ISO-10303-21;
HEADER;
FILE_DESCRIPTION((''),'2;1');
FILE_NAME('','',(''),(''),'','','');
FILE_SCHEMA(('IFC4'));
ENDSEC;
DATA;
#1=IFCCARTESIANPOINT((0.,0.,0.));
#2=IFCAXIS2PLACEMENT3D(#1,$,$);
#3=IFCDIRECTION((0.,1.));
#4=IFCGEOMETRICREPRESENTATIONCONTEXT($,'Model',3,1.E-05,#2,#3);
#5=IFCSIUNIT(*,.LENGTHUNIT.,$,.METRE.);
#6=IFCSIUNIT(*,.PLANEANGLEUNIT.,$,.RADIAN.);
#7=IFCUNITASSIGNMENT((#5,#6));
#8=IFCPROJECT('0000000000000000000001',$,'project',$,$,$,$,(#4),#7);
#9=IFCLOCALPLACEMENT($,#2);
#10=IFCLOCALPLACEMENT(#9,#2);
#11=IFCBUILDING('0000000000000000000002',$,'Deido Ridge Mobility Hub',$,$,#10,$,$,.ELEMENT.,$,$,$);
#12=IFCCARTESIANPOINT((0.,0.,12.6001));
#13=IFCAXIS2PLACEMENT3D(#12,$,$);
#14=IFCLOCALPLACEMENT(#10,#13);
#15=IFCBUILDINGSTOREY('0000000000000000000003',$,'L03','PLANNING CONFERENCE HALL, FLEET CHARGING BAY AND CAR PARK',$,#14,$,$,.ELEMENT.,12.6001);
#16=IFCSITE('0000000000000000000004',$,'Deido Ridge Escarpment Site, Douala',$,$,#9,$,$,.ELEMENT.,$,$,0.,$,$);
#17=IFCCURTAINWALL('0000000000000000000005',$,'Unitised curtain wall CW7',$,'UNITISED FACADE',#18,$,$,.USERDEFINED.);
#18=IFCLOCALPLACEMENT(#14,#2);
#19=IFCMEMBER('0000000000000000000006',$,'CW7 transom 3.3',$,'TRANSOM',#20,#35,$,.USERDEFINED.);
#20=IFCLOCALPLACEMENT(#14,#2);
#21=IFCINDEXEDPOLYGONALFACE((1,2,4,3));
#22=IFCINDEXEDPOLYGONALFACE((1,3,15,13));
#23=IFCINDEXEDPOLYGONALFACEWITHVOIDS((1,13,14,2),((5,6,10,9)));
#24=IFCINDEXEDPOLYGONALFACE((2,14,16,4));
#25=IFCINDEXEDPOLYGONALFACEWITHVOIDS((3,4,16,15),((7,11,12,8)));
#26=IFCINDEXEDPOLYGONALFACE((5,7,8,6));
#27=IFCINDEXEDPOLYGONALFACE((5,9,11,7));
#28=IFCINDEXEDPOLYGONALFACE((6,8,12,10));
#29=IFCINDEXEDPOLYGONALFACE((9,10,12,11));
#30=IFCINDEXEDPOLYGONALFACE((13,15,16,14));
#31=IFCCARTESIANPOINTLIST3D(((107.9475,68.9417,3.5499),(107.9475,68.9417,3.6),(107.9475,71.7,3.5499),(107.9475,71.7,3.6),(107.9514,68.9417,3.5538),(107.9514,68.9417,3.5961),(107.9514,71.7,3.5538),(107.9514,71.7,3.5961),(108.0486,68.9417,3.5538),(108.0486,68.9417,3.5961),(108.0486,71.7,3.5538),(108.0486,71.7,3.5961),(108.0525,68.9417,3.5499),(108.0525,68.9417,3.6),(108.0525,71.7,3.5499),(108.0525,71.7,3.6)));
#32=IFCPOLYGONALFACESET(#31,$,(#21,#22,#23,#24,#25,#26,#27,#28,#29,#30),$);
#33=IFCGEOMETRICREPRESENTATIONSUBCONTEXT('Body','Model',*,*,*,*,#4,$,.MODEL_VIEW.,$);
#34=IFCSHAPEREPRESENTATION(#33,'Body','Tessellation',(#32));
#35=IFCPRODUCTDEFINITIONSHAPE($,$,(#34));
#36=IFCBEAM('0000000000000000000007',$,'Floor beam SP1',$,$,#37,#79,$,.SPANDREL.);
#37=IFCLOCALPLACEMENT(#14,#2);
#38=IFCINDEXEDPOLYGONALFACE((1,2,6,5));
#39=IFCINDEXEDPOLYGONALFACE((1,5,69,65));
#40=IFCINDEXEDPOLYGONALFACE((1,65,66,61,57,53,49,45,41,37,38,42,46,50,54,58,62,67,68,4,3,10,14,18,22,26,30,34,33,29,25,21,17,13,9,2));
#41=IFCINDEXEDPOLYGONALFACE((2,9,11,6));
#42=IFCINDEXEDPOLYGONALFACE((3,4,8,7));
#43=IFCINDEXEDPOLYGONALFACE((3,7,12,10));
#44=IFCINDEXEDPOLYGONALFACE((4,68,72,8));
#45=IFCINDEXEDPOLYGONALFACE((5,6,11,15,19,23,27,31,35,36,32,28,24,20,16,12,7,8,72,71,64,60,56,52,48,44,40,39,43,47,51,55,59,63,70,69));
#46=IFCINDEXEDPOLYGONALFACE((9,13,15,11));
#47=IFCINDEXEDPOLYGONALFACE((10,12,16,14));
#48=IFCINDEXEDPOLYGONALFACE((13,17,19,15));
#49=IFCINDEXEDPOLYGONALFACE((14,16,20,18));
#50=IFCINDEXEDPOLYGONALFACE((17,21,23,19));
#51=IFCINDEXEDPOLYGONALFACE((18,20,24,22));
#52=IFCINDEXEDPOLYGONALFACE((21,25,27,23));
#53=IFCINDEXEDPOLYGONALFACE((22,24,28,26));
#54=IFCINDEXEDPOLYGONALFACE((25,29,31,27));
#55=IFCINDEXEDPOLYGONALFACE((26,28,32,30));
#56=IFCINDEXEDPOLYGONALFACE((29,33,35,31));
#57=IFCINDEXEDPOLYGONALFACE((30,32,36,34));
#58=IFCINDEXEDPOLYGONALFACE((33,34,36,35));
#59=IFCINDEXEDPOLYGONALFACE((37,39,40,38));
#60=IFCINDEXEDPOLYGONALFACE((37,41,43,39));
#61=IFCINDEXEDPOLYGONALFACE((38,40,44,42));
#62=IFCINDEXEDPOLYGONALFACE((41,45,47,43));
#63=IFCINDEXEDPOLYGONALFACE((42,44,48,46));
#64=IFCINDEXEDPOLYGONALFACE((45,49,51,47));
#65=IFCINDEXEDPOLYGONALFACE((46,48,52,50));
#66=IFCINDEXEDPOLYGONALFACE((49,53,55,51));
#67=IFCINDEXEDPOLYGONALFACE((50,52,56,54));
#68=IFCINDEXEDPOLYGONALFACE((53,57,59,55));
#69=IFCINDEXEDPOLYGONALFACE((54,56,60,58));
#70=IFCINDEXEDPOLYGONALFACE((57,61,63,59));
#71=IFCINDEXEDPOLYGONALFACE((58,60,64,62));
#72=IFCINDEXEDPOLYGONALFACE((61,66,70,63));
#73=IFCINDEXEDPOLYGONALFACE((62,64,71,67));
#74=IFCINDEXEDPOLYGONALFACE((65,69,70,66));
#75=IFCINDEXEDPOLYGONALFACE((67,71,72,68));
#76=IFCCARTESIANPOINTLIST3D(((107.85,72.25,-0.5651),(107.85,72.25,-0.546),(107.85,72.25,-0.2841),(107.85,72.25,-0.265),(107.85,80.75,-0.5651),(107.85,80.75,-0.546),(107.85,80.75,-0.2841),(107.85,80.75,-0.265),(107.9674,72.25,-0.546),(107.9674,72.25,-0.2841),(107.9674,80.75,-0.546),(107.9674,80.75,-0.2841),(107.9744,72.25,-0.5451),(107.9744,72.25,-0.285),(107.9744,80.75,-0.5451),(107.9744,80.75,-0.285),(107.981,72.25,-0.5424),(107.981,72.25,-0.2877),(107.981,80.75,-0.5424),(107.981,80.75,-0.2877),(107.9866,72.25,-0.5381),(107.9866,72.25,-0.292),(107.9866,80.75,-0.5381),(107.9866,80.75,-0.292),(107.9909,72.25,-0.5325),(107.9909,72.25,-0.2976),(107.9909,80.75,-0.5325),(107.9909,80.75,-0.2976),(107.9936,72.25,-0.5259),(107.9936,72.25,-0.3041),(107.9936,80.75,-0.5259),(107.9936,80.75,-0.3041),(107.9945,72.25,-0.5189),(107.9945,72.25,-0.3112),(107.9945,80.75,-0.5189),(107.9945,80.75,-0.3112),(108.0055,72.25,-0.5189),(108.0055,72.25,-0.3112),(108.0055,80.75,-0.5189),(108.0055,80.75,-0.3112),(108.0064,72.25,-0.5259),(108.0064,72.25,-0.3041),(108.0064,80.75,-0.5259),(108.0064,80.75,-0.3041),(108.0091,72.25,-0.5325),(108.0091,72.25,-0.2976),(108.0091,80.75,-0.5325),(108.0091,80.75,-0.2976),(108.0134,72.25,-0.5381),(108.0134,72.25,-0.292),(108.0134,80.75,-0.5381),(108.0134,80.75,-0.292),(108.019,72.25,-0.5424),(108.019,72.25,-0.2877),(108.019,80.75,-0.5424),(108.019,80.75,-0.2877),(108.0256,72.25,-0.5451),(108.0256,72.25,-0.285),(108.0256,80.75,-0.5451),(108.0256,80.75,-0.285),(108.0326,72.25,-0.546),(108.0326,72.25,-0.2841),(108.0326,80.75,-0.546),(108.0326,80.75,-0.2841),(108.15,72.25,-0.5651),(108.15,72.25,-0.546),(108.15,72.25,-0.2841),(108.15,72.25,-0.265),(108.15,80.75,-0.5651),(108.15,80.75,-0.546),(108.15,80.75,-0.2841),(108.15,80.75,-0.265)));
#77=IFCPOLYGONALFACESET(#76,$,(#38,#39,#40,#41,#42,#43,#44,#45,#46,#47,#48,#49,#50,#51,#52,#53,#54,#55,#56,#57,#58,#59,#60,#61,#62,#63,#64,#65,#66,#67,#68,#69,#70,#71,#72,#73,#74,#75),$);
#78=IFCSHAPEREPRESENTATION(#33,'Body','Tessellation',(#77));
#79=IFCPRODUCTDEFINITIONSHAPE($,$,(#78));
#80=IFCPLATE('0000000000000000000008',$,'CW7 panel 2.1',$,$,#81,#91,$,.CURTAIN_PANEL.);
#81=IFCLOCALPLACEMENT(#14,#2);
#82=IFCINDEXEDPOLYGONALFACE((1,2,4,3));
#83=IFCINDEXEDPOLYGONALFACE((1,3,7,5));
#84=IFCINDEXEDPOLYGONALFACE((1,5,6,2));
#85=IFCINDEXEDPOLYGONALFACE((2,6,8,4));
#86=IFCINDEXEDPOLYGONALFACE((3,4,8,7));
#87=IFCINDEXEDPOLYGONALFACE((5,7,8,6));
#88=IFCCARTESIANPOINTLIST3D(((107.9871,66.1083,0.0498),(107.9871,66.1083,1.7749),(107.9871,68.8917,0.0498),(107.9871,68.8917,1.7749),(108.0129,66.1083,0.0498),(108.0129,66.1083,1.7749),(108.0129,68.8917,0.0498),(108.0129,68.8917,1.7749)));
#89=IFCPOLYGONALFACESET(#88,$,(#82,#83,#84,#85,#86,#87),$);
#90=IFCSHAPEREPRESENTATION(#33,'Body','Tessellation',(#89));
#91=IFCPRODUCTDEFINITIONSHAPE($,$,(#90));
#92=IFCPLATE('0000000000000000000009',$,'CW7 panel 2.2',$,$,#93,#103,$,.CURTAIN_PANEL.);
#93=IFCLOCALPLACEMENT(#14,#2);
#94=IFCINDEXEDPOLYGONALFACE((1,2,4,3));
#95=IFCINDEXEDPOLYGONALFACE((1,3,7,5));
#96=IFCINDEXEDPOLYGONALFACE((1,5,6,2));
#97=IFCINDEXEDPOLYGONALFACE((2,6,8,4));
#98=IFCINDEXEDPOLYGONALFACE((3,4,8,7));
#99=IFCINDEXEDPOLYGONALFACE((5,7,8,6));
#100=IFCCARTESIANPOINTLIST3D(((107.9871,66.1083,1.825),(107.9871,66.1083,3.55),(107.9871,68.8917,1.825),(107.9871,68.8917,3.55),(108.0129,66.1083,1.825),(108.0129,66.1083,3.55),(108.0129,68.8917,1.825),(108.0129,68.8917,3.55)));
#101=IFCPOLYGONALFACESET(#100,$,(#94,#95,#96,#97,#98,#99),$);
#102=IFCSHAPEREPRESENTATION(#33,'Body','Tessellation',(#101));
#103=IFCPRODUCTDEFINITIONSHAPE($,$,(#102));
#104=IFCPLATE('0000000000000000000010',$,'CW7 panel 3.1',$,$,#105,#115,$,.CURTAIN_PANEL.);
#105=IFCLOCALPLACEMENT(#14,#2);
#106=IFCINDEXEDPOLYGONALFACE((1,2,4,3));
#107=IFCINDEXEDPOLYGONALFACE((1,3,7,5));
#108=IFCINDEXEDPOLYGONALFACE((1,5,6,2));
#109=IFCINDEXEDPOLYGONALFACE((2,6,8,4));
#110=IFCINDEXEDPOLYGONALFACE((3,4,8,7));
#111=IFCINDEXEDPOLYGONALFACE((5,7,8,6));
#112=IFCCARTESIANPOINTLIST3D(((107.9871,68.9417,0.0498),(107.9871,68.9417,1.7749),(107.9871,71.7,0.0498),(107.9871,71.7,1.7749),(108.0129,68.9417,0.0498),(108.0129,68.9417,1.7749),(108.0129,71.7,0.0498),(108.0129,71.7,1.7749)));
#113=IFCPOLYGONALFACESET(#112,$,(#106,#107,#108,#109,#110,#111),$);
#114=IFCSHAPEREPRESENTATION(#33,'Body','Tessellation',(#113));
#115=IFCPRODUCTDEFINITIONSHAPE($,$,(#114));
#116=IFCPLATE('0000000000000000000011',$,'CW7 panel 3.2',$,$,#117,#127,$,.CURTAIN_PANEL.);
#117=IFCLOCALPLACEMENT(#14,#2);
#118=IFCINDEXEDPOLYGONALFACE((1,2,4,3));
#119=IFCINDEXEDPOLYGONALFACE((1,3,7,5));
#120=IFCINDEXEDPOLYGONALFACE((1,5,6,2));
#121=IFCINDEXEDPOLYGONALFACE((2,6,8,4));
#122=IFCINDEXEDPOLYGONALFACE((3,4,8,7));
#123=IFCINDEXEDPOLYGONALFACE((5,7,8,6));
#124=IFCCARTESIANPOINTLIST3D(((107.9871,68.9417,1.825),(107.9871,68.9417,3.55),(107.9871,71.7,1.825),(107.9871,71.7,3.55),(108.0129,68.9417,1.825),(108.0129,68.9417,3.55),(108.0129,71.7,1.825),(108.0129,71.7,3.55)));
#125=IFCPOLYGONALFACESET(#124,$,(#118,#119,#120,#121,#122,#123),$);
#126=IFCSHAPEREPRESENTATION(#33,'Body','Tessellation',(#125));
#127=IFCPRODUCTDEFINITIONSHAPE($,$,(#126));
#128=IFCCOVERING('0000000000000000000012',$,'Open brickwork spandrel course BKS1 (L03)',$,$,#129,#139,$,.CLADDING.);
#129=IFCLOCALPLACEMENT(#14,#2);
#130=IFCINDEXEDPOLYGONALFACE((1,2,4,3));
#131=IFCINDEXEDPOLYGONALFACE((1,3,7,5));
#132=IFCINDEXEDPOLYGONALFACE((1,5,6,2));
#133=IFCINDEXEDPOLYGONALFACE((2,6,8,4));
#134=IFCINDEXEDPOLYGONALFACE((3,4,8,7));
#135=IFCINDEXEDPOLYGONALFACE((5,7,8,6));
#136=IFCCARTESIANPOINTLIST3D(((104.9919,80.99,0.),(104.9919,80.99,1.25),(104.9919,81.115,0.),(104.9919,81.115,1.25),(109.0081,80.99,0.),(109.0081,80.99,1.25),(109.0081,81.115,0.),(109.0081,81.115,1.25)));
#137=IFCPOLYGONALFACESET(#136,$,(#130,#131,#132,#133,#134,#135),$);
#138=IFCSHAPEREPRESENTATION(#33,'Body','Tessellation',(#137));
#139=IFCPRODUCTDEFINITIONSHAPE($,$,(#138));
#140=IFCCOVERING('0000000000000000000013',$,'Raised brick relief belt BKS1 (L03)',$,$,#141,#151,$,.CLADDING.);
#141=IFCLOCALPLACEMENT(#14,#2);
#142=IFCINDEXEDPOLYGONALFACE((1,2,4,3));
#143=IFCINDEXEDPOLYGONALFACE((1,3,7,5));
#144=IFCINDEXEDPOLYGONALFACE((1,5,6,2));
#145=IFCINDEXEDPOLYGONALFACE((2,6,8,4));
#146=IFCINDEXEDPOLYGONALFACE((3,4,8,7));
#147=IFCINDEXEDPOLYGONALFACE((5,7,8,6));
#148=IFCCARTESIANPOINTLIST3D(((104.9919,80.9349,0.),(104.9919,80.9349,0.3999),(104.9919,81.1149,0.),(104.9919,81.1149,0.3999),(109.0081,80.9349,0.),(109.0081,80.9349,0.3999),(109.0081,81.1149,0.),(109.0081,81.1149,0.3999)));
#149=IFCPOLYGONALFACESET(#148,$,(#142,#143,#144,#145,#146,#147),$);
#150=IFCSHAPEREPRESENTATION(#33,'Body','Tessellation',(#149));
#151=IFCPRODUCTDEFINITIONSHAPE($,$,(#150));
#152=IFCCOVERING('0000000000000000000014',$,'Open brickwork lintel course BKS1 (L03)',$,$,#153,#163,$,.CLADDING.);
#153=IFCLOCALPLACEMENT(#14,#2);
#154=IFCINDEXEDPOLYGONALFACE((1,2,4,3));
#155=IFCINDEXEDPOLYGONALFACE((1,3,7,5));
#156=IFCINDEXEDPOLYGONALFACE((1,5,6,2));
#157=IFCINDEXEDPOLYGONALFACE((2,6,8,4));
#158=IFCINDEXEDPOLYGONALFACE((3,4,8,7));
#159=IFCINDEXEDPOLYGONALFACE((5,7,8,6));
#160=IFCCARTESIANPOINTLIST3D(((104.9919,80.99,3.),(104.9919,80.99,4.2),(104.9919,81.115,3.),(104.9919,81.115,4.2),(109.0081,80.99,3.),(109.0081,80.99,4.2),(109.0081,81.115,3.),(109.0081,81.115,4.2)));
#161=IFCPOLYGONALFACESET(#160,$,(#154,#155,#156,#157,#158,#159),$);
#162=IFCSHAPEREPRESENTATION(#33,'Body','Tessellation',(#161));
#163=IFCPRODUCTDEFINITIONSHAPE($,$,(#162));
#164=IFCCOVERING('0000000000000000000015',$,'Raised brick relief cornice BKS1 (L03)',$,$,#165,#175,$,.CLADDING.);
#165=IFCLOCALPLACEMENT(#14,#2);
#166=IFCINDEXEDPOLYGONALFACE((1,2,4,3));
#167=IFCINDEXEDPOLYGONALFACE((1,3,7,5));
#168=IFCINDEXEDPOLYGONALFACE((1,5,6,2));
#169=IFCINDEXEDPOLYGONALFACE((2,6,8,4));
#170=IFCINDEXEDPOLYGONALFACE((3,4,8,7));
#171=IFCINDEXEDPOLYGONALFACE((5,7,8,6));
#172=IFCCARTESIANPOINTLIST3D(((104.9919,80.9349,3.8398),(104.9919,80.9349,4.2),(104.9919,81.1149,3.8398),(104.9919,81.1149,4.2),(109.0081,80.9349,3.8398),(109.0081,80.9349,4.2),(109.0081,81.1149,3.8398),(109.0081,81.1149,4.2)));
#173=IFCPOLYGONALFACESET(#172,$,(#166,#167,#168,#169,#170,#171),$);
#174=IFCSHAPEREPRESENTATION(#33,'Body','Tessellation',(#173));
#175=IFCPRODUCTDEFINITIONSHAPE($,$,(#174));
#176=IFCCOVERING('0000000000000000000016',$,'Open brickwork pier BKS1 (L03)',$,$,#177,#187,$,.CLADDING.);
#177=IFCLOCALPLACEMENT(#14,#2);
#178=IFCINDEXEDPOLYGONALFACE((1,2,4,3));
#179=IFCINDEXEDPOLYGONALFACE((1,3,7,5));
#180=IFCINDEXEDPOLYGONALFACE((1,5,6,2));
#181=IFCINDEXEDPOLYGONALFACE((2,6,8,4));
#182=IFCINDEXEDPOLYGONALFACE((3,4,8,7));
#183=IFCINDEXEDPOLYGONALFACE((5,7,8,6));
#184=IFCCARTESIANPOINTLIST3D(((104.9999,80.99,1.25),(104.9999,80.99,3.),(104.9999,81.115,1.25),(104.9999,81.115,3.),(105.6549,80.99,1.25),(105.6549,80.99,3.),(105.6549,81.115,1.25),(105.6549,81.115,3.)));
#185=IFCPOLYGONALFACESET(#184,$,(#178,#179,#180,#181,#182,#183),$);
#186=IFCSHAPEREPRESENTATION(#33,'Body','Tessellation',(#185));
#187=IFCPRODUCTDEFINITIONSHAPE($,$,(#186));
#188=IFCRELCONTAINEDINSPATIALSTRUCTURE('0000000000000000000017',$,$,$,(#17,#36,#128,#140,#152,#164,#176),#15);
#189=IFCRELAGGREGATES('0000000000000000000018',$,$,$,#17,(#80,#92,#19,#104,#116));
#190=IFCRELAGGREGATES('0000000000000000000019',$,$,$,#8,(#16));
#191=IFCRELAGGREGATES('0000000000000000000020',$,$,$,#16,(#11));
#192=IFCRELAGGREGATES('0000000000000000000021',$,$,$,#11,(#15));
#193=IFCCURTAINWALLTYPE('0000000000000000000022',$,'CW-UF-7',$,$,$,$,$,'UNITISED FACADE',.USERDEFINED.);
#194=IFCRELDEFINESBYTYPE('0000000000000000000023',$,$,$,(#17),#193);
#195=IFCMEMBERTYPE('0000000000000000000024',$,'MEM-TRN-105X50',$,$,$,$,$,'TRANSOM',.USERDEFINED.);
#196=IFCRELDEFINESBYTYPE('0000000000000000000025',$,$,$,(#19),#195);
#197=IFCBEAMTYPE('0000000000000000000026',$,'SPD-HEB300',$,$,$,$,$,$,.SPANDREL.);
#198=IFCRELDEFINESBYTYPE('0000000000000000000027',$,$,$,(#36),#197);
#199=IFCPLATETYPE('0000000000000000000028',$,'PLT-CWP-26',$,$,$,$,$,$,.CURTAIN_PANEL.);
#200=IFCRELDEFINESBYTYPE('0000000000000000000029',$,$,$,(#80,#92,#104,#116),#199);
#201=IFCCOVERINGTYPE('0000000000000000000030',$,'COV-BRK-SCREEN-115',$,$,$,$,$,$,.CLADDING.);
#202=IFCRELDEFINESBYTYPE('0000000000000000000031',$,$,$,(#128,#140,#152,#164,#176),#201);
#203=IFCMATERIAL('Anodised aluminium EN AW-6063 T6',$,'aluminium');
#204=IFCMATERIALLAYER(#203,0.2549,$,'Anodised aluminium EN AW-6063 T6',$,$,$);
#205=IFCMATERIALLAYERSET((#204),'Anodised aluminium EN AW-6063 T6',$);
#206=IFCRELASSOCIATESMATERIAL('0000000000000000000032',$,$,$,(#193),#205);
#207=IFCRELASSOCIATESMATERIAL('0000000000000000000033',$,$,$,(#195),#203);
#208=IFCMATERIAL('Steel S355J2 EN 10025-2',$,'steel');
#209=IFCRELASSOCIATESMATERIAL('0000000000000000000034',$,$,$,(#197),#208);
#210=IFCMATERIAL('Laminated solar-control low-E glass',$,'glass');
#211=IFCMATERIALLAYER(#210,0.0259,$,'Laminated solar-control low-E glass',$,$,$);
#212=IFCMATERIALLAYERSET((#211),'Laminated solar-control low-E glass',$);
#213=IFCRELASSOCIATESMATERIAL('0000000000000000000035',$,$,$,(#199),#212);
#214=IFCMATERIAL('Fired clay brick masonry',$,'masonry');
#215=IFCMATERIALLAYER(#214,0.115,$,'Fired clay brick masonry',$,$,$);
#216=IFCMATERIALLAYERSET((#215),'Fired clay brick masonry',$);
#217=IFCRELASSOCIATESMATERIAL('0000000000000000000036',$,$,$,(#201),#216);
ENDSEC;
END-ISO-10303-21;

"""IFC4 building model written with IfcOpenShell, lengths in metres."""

from ifc_helpers import new_model, si_unit, direction, frame, origin, origin_2d, place, context, subcontext, project, spatial, rectangle, hollow_rectangle, i_section, extrude, material, layer, layer_set, material_profile, profile_set, type_object, element, aggregate, save


model = new_model("IFC4")

# Units and contexts
model_context = context("Model", 3, precision=1e-05, world=origin(), true_north=direction((0.0, 1.0)))
body_context = subcontext(model_context, "Body", "Model", "MODEL_VIEW")
ifc_project = project(units=[si_unit("LENGTHUNIT", "METRE"), si_unit("PLANEANGLEUNIT", "RADIAN")], contexts=[model_context])

# Site, building, storey
site_placement = place(None, origin())
site = spatial("IfcSite", under=ifc_project, at=site_placement, Name="Deido Ridge Escarpment Site, Douala", CompositionType="ELEMENT", RefElevation=0.0)
building_placement = place(site_placement, origin())
building = spatial("IfcBuilding", under=site, at=building_placement, Name="Deido Ridge Mobility Hub", CompositionType="ELEMENT")
storey_placement = place(building_placement, frame((0.0, 0.0, 12.6001)))
storey = spatial("IfcBuildingStorey", under=building, at=storey_placement, Name="L03", Description="PLANNING CONFERENCE HALL, FLEET CHARGING BAY AND CAR PARK", CompositionType="ELEMENT", Elevation=12.6001)

# Shared definitions
ifc_material_1 = material(Name="Steel S355J2 EN 10025-2", Category="steel")

# Curtain wall, member
ifc_material_2 = material(Name="Anodised aluminium EN AW-6063 T6", Category="aluminium")
ifc_layer_1 = layer(ifc_material_2, 0.2549, Name="Anodised aluminium EN AW-6063 T6")
ifc_layer_set_1 = layer_set([ifc_layer_1], Name="Anodised aluminium EN AW-6063 T6")
curtain_wall_type = type_object("IfcCurtainWallType", Name="CW-UF-7", ElementType="UNITISED FACADE", PredefinedType="USERDEFINED", material=ifc_layer_set_1)
curtain_wall_placement = place(storey_placement, origin())
curtain_wall = element("IfcCurtainWall", 1, at=curtain_wall_placement, inside=storey, type_object=curtain_wall_type, Name="Unitised curtain wall CW7", ObjectType="UNITISED FACADE", PredefinedType="USERDEFINED")
ifc_material_profile_1 = material_profile(ifc_material_2, hollow_rectangle(XDim=0.105, YDim=0.05, WallThickness=0.0039, at=origin_2d()), Name="RHS 105x50x4")
ifc_profile_set_1 = profile_set([ifc_material_profile_1], Name="Anodised aluminium EN AW-6063 T6")
member_type_1 = type_object("IfcMemberType", Name="MEM-TRN-105X50", ElementType="TRANSOM", PredefinedType="USERDEFINED", material=ifc_profile_set_1)
member_1_placement = place(storey_placement, frame((108.0, 68.9417, 3.575), z_axis=(0.0, 1.0, 0.0), x_axis=(-1.0, 0.0, 0.0)))
member_1 = element("IfcMember", 2, at=member_1_placement, type_object=member_type_1, Name="CW7 transom 3.3", ObjectType="TRANSOM", PredefinedType="USERDEFINED", context=body_context, shape_type="SweptSolid", body=[
    extrude(hollow_rectangle(XDim=0.105, YDim=0.05, WallThickness=0.0039, at=origin_2d()), origin(), (0.0, 0.0, 1.0), 2.7583),
])

# Beam
ifc_material_profile_2 = material_profile(ifc_material_1, i_section(OverallWidth=0.3, OverallDepth=0.3, WebThickness=0.011, FlangeThickness=0.019, FilletRadius=0.0271, at=origin_2d()), Name="HEB 300")
ifc_profile_set_2 = profile_set([ifc_material_profile_2], Name="Steel S355J2 EN 10025-2")
beam_type_1 = type_object("IfcBeamType", Name="SPD-HEB300", PredefinedType="SPANDREL", material=ifc_profile_set_2)
beam_1_placement = place(storey_placement, frame((108.0, 72.25, -0.415), z_axis=(0.0, 1.0, 0.0), x_axis=(-1.0, 0.0, 0.0)))
element("IfcBeam", 3, at=beam_1_placement, inside=storey, type_object=beam_type_1, Name="Floor beam SP1", PredefinedType="SPANDREL", context=body_context, shape_type="SweptSolid", body=[
    extrude(i_section(OverallWidth=0.3, OverallDepth=0.3, WebThickness=0.011, FlangeThickness=0.019, FilletRadius=0.0271, at=origin_2d()), origin(), (0.0, 0.0, 1.0), 8.5),
])

# Plates
ifc_material_3 = material(Name="Laminated solar-control low-E glass", Category="glass")
ifc_layer_2 = layer(ifc_material_3, 0.0259, Name="Laminated solar-control low-E glass")
ifc_layer_set_2 = layer_set([ifc_layer_2], Name="Laminated solar-control low-E glass")
plate_type = type_object("IfcPlateType", Name="PLT-CWP-26", PredefinedType="CURTAIN_PANEL", material=ifc_layer_set_2)
plate_1_placement = place(storey_placement, frame((108.0, 67.5, 0.0498), z_axis=(0.0, 0.0, 1.0), x_axis=(0.0, 1.0, 0.0)))
plate_1 = element("IfcPlate", 4, at=plate_1_placement, type_object=plate_type, Name="CW7 panel 2.1", PredefinedType="CURTAIN_PANEL", context=body_context, shape_type="SweptSolid", body=[
    extrude(rectangle(XDim=2.7834, YDim=0.0259, at=origin_2d()), origin(), (0.0, 0.0, 1.0), 1.7251),
])
plate_2_placement = place(storey_placement, frame((108.0, 67.5, 1.825), z_axis=(0.0, 0.0, 1.0), x_axis=(0.0, 1.0, 0.0)))
plate_2 = element("IfcPlate", 5, at=plate_2_placement, type_object=plate_type, Name="CW7 panel 2.2", PredefinedType="CURTAIN_PANEL", context=body_context, shape_type="SweptSolid", body=[
    extrude(rectangle(XDim=2.7834, YDim=0.0259, at=origin_2d()), origin(), (0.0, 0.0, 1.0), 1.7251),
])
plate_3_placement = place(storey_placement, frame((108.0, 70.3208, 0.0498), z_axis=(0.0, 0.0, 1.0), x_axis=(0.0, 1.0, 0.0)))
plate_3 = element("IfcPlate", 6, at=plate_3_placement, type_object=plate_type, Name="CW7 panel 3.1", PredefinedType="CURTAIN_PANEL", context=body_context, shape_type="SweptSolid", body=[
    extrude(rectangle(XDim=2.7583, YDim=0.0259, at=origin_2d()), origin(), (0.0, 0.0, 1.0), 1.7251),
])
plate_4_placement = place(storey_placement, frame((108.0, 70.3208, 1.825), z_axis=(0.0, 0.0, 1.0), x_axis=(0.0, 1.0, 0.0)))
plate_4 = element("IfcPlate", 7, at=plate_4_placement, type_object=plate_type, Name="CW7 panel 3.2", PredefinedType="CURTAIN_PANEL", context=body_context, shape_type="SweptSolid", body=[
    extrude(rectangle(XDim=2.7583, YDim=0.0259, at=origin_2d()), origin(), (0.0, 0.0, 1.0), 1.7251),
])
aggregate(curtain_wall, [plate_1, plate_2, member_1, plate_3, plate_4])

# Coverings
ifc_material_4 = material(Name="Fired clay brick masonry", Category="masonry")
ifc_layer_3 = layer(ifc_material_4, 0.115, Name="Fired clay brick masonry")
ifc_layer_set_3 = layer_set([ifc_layer_3], Name="Fired clay brick masonry")
covering_type = type_object("IfcCoveringType", Name="COV-BRK-SCREEN-115", PredefinedType="CLADDING", material=ifc_layer_set_3)
covering_1_placement = place(storey_placement, frame((107.0, 81.0525, 0.0), z_axis=(0.0, 0.0, 1.0), x_axis=(1.0, 0.0, 0.0)))
element("IfcCovering", 8, at=covering_1_placement, inside=storey, type_object=covering_type, Name="Open brickwork spandrel course BKS1 (L03)", PredefinedType="CLADDING", context=body_context, shape_type="SweptSolid", body=[
    extrude(rectangle(XDim=4.0161, YDim=0.125, at=origin_2d()), origin(), (0.0, 0.0, 1.0), 1.25),
])
covering_2_placement = place(storey_placement, frame((107.0, 81.0249, 0.0), z_axis=(0.0, 0.0, 1.0), x_axis=(1.0, 0.0, 0.0)))
element("IfcCovering", 9, at=covering_2_placement, inside=storey, type_object=covering_type, Name="Raised brick relief belt BKS1 (L03)", PredefinedType="CLADDING", context=body_context, shape_type="SweptSolid", body=[
    extrude(rectangle(XDim=4.0161, YDim=0.1799, at=origin_2d()), origin(), (0.0, 0.0, 1.0), 0.3999),
])
covering_3_placement = place(storey_placement, frame((107.0, 81.0525, 3.0), z_axis=(0.0, 0.0, 1.0), x_axis=(1.0, 0.0, 0.0)))
element("IfcCovering", 10, at=covering_3_placement, inside=storey, type_object=covering_type, Name="Open brickwork lintel course BKS1 (L03)", PredefinedType="CLADDING", context=body_context, shape_type="SweptSolid", body=[
    extrude(rectangle(XDim=4.0161, YDim=0.125, at=origin_2d()), origin(), (0.0, 0.0, 1.0), 1.2),
])
covering_4_placement = place(storey_placement, frame((107.0, 81.0249, 3.8398), z_axis=(0.0, 0.0, 1.0), x_axis=(1.0, 0.0, 0.0)))
element("IfcCovering", 11, at=covering_4_placement, inside=storey, type_object=covering_type, Name="Raised brick relief cornice BKS1 (L03)", PredefinedType="CLADDING", context=body_context, shape_type="SweptSolid", body=[
    extrude(rectangle(XDim=4.0161, YDim=0.1799, at=origin_2d()), origin(), (0.0, 0.0, 1.0), 0.3601),
])
covering_5_placement = place(storey_placement, frame((105.3274, 81.0525, 1.25), z_axis=(0.0, 0.0, 1.0), x_axis=(1.0, 0.0, 0.0)))
element("IfcCovering", 12, at=covering_5_placement, inside=storey, type_object=covering_type, Name="Open brickwork pier BKS1 (L03)", PredefinedType="CLADDING", context=body_context, shape_type="SweptSolid", body=[
    extrude(rectangle(XDim=0.655, YDim=0.125, at=origin_2d()), origin(), (0.0, 0.0, 1.0), 1.75),
])

save(model, "model.ifc")
